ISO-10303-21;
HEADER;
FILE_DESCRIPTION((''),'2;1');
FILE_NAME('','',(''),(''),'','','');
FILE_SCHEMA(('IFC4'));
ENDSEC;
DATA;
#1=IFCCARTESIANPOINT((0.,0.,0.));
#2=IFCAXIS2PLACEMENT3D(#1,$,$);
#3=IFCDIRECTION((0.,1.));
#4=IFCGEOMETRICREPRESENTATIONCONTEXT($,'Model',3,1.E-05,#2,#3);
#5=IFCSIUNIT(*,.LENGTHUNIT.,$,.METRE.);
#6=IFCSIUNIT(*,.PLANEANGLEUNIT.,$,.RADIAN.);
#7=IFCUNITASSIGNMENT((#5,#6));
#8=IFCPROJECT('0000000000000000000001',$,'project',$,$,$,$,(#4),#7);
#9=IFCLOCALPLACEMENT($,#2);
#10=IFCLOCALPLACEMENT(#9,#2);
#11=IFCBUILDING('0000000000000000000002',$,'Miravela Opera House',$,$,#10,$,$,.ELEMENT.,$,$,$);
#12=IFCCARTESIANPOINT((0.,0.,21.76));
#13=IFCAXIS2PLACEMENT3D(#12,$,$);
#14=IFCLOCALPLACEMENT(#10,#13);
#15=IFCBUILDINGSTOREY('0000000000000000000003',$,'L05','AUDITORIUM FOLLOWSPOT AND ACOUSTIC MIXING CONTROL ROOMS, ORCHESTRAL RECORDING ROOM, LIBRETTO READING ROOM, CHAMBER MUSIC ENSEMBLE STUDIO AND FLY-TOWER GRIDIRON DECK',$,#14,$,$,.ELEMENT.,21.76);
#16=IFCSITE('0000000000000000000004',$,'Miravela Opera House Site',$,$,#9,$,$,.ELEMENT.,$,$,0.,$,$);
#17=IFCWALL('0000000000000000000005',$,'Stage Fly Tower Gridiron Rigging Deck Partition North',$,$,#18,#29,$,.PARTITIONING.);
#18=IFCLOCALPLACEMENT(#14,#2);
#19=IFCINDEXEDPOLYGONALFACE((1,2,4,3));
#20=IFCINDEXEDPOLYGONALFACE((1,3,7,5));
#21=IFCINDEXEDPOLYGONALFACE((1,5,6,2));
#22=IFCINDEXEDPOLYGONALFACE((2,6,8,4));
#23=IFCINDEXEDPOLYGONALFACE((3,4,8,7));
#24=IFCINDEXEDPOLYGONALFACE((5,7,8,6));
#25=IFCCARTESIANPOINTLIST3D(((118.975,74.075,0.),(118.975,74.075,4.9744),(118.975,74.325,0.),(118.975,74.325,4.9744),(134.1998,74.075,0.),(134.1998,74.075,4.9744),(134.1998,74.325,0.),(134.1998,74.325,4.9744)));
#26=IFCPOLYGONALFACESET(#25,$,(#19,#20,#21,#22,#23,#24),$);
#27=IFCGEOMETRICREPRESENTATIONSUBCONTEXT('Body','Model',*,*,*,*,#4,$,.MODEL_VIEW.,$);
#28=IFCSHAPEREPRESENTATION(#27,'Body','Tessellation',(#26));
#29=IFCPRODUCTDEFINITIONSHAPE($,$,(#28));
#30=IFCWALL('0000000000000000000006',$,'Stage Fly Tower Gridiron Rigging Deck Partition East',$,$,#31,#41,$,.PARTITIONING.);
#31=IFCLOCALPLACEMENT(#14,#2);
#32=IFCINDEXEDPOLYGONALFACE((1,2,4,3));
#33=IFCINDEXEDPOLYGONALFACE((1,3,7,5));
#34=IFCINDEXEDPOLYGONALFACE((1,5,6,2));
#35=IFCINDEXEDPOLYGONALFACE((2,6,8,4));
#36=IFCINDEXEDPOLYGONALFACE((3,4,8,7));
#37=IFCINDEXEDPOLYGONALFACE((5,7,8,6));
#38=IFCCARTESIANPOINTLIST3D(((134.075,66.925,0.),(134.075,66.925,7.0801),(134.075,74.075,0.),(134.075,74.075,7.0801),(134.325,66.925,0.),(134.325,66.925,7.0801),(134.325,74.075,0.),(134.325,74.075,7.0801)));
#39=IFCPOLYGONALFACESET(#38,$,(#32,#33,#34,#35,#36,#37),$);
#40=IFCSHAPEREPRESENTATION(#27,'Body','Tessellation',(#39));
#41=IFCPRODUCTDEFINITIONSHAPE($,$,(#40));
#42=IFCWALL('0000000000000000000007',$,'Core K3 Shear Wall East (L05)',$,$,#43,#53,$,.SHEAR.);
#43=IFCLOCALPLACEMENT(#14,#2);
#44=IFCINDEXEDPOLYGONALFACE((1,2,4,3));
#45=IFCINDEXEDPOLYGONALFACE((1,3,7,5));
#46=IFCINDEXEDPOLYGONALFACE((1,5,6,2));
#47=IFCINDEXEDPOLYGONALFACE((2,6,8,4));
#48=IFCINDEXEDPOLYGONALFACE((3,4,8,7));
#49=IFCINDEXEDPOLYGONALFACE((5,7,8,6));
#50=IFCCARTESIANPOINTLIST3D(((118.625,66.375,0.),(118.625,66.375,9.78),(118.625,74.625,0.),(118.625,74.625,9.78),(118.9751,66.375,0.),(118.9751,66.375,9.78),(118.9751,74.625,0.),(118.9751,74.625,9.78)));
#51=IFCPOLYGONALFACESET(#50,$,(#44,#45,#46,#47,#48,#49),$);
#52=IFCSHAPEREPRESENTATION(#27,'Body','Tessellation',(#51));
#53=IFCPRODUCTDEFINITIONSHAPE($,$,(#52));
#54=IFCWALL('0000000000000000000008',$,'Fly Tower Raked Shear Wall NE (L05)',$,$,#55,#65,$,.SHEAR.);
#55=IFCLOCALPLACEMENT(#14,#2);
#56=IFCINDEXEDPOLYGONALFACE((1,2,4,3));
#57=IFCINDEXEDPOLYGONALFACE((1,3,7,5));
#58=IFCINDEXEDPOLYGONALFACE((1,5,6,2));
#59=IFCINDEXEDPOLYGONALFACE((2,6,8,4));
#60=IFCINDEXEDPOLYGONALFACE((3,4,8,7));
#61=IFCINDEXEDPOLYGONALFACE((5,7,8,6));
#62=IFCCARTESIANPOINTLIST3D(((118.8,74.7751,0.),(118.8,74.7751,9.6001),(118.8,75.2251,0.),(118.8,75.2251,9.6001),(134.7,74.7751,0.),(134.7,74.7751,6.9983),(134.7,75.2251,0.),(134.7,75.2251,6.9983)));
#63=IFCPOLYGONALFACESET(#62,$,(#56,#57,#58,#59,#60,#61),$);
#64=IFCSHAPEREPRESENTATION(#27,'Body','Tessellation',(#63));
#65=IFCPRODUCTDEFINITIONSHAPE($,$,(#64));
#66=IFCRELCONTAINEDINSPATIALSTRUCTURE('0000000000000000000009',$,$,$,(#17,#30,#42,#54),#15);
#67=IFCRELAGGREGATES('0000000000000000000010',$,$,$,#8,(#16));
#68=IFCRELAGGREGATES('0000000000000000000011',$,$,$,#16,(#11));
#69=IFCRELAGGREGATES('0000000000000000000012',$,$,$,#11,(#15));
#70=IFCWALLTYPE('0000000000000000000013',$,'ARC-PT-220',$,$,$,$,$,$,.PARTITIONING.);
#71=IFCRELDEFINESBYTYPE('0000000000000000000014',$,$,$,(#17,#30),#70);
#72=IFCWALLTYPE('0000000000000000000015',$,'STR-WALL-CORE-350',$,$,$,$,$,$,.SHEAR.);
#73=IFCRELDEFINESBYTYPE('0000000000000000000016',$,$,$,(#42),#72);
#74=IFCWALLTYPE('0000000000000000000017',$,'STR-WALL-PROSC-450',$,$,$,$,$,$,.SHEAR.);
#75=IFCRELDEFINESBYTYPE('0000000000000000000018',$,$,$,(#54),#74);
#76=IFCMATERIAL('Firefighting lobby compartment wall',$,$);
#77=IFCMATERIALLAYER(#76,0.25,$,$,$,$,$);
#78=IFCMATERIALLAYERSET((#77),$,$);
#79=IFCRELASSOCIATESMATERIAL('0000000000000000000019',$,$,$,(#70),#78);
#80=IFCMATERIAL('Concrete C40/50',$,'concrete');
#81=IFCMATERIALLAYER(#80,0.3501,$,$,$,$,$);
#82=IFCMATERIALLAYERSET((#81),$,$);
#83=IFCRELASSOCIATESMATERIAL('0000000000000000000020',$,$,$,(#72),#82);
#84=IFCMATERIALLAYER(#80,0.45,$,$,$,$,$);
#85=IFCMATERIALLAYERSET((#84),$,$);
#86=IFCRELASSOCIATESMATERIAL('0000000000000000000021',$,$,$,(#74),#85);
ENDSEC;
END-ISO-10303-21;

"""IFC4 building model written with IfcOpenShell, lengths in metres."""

from ifc_helpers import new_model, si_unit, direction, frame, frame_2d, origin, place, context, subcontext, project, spatial, polyline, rectangle, outline, extrude, material, layer, layer_set, type_object, element, save


model = new_model("IFC4")

# Units and contexts
model_context = context("Model", 3, precision=1e-05, world=origin(), true_north=direction((0.0, 1.0)))
body_context = subcontext(model_context, "Body", "Model", "MODEL_VIEW")
ifc_project = project(units=[si_unit("LENGTHUNIT", "METRE"), si_unit("PLANEANGLEUNIT", "RADIAN")], contexts=[model_context])

# Site, building, storey
site_placement = place(None, origin())
site = spatial("IfcSite", under=ifc_project, at=site_placement, Name="Miravela Opera House Site", CompositionType="ELEMENT", RefElevation=0.0)
building_placement = place(site_placement, origin())
building = spatial("IfcBuilding", under=site, at=building_placement, Name="Miravela Opera House", CompositionType="ELEMENT")
storey_placement = place(building_placement, frame((0.0, 0.0, 21.76)))
storey = spatial("IfcBuildingStorey", under=building, at=storey_placement, Name="L05", Description="AUDITORIUM FOLLOWSPOT AND ACOUSTIC MIXING CONTROL ROOMS, ORCHESTRAL RECORDING ROOM, LIBRETTO READING ROOM, CHAMBER MUSIC ENSEMBLE STUDIO AND FLY-TOWER GRIDIRON DECK", CompositionType="ELEMENT", Elevation=21.76)

# Shared definitions
ifc_material_1 = material(Name="Firefighting lobby compartment wall")
ifc_layer_1 = layer(ifc_material_1, 0.25)
ifc_layer_set_1 = layer_set([ifc_layer_1])
wall_type_1 = type_object("IfcWallType", Name="ARC-PT-220", PredefinedType="PARTITIONING", material=ifc_layer_set_1)

# Walls
wall_1_placement = place(storey_placement, frame((118.9751, 74.2, 0.0), z_axis=(0.0, 0.0, 1.0), x_axis=(1.0, 0.0, 0.0)))
element("IfcWall", 1, at=wall_1_placement, inside=storey, type_object=wall_type_1, Name="Stage Fly Tower Gridiron Rigging Deck Partition North", PredefinedType="PARTITIONING", context=body_context, shape_type="SweptSolid", body=[
    extrude(rectangle(XDim=15.2249, YDim=0.25, at=frame_2d((7.6123, 0.0))), origin(), (0.0, 0.0, 1.0), 4.9744),
])
wall_2_placement = place(storey_placement, frame((134.2, 66.925, 0.0), z_axis=(0.0, 0.0, 1.0), x_axis=(0.0, 1.0, 0.0)))
element("IfcWall", 2, at=wall_2_placement, inside=storey, type_object=wall_type_1, Name="Stage Fly Tower Gridiron Rigging Deck Partition East", PredefinedType="PARTITIONING", context=body_context, shape_type="SweptSolid", body=[
    extrude(rectangle(XDim=7.1499, YDim=0.25, at=frame_2d((3.575, 0.0))), origin(), (0.0, 0.0, 1.0), 7.0801),
])
ifc_material_2 = material(Name="Concrete C40/50", Category="concrete")
ifc_layer_2 = layer(ifc_material_2, 0.3501)
ifc_layer_set_2 = layer_set([ifc_layer_2])
wall_type_2 = type_object("IfcWallType", Name="STR-WALL-CORE-350", PredefinedType="SHEAR", material=ifc_layer_set_2)
wall_3_placement = place(storey_placement, frame((118.8, 66.375, 0.0), z_axis=(0.0, 0.0, 1.0), x_axis=(0.0, 1.0, 0.0)))
element("IfcWall", 3, at=wall_3_placement, inside=storey, type_object=wall_type_2, Name="Core K3 Shear Wall East (L05)", PredefinedType="SHEAR", context=body_context, shape_type="SweptSolid", body=[
    extrude(rectangle(XDim=8.25, YDim=0.3501, at=frame_2d((4.125, 0.0))), origin(), (0.0, 0.0, 1.0), 9.78),
])
ifc_layer_3 = layer(ifc_material_2, 0.45)
ifc_layer_set_3 = layer_set([ifc_layer_3])
wall_type_3 = type_object("IfcWallType", Name="STR-WALL-PROSC-450", PredefinedType="SHEAR", material=ifc_layer_set_3)
wall_4_placement = place(storey_placement, frame((118.8, 75.0, 0.0), z_axis=(0.0, 0.0, 1.0), x_axis=(1.0, 0.0, 0.0)))
element("IfcWall", 4, at=wall_4_placement, inside=storey, type_object=wall_type_3, Name="Fly Tower Raked Shear Wall NE (L05)", PredefinedType="SHEAR", context=body_context, shape_type="SweptSolid", body=[
    extrude(outline(polyline([(0.0, 0.0), (15.8999, 0.0), (15.8999, 6.9983), (0.0, 9.6001), (0.0, 0.0)])), frame((0.0, 0.2251, 0.0), z_axis=(0.0, -1.0, 0.0), x_axis=(1.0, 0.0, 0.0)), (0.0, 0.0, 1.0), 0.45),
])

save(model, "model.ifc")
